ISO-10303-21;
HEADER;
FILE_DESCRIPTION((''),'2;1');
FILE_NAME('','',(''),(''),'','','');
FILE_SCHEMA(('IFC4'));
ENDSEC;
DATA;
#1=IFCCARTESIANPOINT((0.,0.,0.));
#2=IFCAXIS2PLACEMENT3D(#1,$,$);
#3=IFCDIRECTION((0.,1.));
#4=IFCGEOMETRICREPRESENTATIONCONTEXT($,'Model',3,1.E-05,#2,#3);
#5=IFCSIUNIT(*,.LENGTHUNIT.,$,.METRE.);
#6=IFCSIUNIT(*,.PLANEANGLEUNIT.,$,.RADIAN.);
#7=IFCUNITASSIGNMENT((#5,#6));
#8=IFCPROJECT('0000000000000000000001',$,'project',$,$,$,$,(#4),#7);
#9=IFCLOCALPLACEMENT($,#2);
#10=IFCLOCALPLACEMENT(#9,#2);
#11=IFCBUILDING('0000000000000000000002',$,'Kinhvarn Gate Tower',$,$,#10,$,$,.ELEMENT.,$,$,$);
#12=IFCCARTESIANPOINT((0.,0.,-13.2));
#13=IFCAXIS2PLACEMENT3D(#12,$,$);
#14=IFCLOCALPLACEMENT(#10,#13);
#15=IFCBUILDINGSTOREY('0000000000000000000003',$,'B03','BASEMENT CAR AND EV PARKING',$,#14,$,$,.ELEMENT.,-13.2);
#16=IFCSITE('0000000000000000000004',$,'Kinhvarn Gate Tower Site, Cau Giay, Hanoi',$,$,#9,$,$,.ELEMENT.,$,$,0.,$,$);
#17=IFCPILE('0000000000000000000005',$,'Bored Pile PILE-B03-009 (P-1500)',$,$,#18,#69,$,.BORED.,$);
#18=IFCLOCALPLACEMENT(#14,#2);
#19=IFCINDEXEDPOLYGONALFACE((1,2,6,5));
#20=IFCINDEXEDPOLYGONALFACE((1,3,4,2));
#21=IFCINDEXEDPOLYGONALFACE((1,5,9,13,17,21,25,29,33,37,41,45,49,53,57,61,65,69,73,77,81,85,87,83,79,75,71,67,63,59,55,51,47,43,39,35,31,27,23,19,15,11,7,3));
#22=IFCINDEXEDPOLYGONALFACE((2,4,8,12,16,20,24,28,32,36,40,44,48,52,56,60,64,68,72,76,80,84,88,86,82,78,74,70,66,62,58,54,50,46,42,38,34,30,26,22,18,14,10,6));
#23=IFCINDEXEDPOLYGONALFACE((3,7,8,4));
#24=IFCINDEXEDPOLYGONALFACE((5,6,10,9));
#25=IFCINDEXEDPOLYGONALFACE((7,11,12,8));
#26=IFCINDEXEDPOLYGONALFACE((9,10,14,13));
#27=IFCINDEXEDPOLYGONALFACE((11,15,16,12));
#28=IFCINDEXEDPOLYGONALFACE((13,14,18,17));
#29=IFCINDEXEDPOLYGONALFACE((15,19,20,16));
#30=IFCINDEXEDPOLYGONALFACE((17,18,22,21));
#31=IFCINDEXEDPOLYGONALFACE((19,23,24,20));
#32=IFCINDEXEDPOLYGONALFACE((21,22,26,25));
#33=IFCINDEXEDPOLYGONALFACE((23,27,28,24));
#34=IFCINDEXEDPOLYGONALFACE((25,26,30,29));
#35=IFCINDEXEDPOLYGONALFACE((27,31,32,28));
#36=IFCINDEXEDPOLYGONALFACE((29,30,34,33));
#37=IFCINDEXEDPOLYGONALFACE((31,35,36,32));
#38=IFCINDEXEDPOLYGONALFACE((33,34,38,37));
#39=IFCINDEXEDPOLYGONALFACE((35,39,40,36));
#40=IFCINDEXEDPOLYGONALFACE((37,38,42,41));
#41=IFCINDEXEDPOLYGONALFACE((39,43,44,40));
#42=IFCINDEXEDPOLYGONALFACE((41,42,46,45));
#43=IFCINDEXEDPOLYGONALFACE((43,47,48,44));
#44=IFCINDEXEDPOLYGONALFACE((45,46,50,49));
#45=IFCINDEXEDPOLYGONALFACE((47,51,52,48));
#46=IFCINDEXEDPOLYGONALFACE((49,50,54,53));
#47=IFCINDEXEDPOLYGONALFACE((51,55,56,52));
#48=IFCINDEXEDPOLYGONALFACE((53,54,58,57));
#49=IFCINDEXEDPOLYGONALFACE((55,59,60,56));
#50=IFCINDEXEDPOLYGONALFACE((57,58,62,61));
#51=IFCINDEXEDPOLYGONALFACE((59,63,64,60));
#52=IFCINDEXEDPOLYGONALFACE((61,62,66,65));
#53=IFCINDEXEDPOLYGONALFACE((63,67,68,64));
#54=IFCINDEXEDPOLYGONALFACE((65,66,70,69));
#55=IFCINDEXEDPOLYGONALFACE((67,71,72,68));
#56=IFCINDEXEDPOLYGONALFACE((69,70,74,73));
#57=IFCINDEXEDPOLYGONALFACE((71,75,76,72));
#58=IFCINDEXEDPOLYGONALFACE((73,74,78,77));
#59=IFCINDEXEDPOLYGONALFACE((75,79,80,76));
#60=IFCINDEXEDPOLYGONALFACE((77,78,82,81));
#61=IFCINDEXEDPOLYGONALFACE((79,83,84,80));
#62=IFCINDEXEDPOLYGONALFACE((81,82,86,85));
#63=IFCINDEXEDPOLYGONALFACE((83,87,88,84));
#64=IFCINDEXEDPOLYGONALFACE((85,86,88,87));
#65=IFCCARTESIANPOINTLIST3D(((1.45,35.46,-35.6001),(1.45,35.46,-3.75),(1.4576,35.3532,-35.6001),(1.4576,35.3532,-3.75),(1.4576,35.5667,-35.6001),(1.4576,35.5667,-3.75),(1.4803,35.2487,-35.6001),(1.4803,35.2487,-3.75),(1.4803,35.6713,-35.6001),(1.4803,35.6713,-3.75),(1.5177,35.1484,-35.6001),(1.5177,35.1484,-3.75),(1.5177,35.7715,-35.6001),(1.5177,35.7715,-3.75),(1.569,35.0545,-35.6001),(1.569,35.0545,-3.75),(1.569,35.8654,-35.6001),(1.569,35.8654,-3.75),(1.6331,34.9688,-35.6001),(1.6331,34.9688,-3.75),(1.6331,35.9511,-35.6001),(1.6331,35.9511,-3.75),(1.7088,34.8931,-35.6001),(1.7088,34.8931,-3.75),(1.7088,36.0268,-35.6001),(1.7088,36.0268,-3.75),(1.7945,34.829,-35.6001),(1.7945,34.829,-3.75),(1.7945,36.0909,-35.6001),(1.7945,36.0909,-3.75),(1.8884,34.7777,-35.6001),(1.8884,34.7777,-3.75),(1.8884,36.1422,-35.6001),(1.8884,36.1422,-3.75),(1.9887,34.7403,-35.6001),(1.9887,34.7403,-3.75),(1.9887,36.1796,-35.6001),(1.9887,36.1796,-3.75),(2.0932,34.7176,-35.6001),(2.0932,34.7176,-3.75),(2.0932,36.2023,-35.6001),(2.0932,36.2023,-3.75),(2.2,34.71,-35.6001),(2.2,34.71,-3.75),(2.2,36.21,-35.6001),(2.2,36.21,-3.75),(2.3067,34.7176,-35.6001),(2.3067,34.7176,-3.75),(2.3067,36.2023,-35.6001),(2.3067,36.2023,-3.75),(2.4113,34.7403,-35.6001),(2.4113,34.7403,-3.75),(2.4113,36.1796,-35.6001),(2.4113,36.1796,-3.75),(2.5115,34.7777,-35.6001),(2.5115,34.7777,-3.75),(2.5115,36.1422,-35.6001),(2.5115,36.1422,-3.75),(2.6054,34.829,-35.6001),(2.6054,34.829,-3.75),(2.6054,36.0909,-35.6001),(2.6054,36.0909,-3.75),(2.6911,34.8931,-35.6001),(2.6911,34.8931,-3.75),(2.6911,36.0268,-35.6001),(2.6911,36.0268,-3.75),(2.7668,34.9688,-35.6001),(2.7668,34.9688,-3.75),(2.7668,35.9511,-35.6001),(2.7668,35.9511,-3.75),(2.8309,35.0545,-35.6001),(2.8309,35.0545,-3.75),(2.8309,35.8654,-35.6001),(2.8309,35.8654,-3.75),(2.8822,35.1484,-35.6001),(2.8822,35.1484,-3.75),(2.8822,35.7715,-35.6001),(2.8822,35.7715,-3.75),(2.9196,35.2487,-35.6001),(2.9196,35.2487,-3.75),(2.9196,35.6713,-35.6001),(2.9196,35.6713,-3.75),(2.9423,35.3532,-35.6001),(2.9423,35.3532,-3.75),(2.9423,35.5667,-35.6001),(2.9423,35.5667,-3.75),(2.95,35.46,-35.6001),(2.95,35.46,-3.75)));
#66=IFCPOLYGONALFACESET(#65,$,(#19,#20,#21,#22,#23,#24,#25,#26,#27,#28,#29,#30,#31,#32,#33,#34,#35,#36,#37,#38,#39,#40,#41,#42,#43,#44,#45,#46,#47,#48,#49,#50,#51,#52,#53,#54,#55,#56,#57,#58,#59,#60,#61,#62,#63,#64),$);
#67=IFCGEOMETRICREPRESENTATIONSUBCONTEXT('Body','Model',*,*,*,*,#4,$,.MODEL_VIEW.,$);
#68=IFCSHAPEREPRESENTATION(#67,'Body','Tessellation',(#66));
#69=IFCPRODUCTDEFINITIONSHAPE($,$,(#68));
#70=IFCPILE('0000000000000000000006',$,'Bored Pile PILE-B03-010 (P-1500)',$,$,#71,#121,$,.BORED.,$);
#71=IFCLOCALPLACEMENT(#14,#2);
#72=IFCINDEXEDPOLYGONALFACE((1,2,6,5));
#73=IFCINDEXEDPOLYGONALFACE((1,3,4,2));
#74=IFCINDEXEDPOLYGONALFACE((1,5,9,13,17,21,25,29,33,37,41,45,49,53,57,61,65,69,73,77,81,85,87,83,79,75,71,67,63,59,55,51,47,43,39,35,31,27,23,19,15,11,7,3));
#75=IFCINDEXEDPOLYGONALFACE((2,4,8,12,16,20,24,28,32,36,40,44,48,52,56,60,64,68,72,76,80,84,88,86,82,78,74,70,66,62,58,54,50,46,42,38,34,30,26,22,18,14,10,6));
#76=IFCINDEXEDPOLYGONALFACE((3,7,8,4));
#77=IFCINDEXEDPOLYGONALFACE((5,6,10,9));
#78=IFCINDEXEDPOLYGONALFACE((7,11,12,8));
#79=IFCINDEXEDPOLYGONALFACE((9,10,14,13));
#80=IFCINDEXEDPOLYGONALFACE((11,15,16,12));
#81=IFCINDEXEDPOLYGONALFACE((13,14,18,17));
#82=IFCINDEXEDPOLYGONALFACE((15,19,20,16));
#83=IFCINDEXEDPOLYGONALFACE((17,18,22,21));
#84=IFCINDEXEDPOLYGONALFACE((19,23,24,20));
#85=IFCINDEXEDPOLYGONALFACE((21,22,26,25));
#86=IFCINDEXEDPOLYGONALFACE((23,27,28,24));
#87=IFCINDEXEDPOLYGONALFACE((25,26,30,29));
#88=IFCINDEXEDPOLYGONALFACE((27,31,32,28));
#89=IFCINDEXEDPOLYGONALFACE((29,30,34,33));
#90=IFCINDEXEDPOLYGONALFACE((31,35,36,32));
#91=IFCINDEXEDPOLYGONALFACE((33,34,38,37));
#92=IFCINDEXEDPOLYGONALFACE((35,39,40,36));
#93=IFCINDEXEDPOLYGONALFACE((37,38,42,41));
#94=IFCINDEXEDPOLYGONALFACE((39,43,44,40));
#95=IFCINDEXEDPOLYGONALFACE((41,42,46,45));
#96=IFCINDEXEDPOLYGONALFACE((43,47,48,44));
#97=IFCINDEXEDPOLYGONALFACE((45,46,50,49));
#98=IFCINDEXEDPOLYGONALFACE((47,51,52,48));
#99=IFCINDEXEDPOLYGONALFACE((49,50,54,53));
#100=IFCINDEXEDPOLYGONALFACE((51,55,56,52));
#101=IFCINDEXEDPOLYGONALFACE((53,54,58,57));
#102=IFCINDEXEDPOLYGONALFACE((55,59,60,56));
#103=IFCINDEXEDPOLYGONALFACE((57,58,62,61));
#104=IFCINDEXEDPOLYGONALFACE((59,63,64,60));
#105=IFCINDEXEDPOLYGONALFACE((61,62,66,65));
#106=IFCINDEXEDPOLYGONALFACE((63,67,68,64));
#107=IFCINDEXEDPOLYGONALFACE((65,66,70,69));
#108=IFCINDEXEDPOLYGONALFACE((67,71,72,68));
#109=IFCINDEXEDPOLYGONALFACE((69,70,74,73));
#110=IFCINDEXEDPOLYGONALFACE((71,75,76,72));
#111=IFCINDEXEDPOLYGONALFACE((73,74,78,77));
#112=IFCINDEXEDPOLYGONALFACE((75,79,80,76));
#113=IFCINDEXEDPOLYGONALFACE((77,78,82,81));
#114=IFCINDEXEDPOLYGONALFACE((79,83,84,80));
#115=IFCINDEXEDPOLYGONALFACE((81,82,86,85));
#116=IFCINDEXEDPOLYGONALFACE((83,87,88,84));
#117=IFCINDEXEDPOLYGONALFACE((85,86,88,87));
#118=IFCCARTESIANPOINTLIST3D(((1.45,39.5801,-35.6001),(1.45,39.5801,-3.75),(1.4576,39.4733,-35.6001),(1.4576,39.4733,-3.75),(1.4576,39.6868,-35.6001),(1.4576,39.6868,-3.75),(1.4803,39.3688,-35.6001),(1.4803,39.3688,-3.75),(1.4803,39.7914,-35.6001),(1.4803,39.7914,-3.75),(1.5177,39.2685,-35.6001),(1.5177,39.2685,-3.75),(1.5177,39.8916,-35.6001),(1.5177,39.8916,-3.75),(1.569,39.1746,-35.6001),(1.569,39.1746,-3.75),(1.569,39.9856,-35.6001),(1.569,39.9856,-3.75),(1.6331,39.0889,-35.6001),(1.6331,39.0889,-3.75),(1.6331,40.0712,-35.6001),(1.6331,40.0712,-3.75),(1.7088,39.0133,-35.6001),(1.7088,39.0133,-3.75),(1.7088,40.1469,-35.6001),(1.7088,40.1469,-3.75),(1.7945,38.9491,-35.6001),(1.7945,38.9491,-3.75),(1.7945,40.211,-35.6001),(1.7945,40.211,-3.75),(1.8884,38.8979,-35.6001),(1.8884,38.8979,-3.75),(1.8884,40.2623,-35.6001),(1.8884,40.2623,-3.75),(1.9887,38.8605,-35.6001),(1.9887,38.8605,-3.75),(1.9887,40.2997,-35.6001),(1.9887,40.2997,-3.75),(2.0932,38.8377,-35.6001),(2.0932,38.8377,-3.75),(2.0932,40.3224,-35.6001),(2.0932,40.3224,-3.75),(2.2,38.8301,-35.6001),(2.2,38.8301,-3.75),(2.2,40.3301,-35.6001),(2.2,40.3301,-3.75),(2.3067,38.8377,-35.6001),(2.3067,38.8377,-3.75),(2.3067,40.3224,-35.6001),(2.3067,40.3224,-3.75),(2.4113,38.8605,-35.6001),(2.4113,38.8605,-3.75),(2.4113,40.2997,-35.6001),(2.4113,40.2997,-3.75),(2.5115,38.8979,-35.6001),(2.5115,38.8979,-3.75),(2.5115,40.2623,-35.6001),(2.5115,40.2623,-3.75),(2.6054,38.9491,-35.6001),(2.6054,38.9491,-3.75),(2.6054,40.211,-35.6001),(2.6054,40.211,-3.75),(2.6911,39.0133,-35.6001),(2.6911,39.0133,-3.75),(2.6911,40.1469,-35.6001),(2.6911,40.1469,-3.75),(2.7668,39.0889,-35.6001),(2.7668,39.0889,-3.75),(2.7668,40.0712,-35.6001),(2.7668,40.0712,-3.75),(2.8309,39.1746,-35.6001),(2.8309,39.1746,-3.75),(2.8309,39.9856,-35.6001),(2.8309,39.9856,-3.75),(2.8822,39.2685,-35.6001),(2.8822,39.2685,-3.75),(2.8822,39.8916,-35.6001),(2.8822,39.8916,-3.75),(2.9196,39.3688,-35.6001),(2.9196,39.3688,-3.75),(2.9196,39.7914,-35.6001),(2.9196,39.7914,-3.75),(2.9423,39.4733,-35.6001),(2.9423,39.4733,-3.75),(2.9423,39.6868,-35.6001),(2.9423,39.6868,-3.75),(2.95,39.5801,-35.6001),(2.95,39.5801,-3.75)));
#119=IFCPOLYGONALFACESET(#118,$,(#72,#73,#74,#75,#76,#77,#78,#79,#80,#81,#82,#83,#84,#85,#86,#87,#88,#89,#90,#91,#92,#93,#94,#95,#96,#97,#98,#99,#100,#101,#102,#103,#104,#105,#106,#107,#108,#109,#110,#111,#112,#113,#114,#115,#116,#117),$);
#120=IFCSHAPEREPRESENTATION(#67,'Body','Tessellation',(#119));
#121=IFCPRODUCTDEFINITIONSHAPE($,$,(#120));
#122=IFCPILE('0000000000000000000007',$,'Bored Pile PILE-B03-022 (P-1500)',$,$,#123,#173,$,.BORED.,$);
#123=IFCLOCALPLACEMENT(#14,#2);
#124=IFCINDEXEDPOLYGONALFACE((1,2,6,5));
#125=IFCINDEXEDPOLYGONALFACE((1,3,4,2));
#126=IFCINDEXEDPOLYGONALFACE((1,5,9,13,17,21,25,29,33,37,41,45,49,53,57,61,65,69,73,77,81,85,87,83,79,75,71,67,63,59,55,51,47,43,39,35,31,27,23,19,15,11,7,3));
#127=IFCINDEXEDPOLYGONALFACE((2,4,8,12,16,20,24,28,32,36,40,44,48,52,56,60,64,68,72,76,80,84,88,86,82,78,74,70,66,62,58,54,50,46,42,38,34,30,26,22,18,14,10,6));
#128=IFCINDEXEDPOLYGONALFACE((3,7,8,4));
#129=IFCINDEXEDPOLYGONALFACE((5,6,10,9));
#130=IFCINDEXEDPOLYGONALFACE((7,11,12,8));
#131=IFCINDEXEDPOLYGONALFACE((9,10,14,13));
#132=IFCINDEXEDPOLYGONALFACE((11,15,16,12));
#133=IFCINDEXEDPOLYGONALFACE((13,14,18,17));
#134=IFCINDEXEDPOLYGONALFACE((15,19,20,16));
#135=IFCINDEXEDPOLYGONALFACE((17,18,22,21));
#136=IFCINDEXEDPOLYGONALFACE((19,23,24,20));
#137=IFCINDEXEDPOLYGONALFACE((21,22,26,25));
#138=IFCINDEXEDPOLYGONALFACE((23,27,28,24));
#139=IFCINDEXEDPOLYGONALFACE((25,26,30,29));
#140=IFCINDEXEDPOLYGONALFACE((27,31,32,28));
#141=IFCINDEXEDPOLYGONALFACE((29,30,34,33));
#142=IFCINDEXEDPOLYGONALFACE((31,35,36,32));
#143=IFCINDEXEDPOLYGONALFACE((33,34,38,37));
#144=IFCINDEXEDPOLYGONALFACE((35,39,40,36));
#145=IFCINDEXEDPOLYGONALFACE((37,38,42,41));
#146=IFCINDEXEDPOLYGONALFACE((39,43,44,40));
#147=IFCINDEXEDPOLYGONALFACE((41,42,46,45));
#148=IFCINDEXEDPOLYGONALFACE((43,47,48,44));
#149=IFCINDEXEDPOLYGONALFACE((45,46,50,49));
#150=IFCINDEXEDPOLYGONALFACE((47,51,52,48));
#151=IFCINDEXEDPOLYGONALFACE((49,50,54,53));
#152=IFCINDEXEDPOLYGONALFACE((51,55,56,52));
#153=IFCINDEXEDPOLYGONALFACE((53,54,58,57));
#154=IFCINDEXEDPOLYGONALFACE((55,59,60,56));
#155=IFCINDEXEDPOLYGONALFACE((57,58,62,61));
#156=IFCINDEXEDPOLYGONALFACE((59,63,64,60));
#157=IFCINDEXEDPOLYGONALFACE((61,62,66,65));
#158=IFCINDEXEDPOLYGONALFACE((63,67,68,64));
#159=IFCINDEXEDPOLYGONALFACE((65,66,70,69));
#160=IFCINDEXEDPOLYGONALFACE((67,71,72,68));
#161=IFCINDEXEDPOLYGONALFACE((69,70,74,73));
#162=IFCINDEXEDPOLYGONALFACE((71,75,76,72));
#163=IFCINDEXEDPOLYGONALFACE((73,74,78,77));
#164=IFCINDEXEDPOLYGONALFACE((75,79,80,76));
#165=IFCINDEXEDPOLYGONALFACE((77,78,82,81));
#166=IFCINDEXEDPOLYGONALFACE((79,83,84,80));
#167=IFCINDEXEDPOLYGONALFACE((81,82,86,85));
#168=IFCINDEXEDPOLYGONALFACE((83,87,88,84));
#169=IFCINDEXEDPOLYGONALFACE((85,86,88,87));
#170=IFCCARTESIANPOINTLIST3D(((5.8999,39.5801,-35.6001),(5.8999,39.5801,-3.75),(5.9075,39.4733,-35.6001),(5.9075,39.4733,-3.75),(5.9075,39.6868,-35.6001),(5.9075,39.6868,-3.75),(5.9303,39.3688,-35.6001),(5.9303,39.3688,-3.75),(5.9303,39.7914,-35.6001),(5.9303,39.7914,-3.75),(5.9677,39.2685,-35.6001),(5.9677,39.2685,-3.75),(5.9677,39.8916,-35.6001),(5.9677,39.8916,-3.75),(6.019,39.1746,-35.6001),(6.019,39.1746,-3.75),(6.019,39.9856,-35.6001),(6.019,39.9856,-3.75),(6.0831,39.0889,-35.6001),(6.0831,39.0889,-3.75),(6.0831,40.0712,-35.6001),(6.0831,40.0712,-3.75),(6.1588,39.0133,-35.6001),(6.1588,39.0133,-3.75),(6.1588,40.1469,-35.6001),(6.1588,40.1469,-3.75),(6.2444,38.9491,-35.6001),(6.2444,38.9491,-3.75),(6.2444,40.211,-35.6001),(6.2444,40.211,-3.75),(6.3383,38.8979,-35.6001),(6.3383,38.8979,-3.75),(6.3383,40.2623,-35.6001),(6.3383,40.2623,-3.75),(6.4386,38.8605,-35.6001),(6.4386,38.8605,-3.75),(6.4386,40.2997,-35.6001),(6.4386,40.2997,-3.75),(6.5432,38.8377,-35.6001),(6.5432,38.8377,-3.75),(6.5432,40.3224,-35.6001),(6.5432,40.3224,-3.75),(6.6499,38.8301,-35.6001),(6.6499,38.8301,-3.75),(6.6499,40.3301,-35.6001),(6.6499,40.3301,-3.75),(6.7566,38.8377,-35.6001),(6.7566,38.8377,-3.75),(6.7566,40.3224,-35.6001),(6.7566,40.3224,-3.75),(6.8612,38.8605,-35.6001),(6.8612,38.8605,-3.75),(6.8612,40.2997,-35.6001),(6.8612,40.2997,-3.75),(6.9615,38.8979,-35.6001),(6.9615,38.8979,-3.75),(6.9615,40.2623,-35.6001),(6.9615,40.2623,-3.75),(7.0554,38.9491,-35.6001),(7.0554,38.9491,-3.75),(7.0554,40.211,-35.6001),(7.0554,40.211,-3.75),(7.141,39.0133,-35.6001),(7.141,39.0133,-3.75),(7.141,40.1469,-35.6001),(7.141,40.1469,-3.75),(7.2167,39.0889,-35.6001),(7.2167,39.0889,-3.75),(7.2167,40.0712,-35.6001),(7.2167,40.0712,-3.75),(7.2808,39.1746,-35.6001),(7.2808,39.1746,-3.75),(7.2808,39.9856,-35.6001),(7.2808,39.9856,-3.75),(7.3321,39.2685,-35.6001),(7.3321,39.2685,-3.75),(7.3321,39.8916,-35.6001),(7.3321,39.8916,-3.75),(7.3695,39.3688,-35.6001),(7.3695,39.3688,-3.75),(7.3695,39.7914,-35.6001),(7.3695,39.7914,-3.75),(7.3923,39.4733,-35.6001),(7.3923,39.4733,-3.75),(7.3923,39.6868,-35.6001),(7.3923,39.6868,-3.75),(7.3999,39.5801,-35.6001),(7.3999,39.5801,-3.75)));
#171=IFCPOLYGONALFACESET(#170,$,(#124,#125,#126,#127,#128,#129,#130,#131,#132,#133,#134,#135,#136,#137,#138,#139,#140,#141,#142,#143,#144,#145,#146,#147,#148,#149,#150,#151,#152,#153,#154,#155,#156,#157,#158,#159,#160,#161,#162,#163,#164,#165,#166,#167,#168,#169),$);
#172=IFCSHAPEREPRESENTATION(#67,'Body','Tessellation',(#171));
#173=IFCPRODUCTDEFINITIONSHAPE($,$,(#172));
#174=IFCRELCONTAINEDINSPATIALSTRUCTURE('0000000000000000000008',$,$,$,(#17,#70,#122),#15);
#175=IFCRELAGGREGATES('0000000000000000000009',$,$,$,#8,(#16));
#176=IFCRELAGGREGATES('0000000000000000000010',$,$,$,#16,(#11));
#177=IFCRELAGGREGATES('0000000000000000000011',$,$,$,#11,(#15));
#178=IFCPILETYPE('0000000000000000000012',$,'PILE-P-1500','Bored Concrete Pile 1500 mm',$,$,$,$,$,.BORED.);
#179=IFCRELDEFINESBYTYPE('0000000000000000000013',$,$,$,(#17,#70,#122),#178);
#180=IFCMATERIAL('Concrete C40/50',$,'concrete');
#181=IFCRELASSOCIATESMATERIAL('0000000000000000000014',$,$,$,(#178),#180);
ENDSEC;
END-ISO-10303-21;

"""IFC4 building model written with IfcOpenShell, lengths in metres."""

from ifc_helpers import new_model, si_unit, direction, frame, origin, origin_2d, place, context, subcontext, project, spatial, circle, extrude, material, material_profile, profile_set, type_object, element, save


model = new_model("IFC4")

# Units and contexts
model_context = context("Model", 3, precision=1e-05, world=origin(), true_north=direction((0.0, 1.0)))
body_context = subcontext(model_context, "Body", "Model", "MODEL_VIEW")
ifc_project = project(units=[si_unit("LENGTHUNIT", "METRE"), si_unit("PLANEANGLEUNIT", "RADIAN")], contexts=[model_context])

# Site, building, storey
site_placement = place(None, origin())
site = spatial("IfcSite", under=ifc_project, at=site_placement, Name="Kinhvarn Gate Tower Site, Cau Giay, Hanoi", CompositionType="ELEMENT", RefElevation=0.0)
building_placement = place(site_placement, origin())
building = spatial("IfcBuilding", under=site, at=building_placement, Name="Kinhvarn Gate Tower", CompositionType="ELEMENT")
storey_placement = place(building_placement, frame((0.0, 0.0, -13.2)))
storey = spatial("IfcBuildingStorey", under=building, at=storey_placement, Name="B03", Description="BASEMENT CAR AND EV PARKING", CompositionType="ELEMENT", Elevation=-13.2)

# Piles
ifc_material = material(Name="Concrete C40/50", Category="concrete")
ifc_material_profile_1 = material_profile(ifc_material, circle(Radius=0.75, at=origin_2d()), Name="PILE D1500")
ifc_profile_set_1 = profile_set([ifc_material_profile_1], Name="Concrete C40/50")
pile_type_1 = type_object("IfcPileType", Name="PILE-P-1500", Description="Bored Concrete Pile 1500 mm", PredefinedType="BORED", material=ifc_profile_set_1)
for number, where, z_axis, x_axis, name in (
    (1, (2.2, 35.46, -35.6001), (0.0, 0.0, 1.0), (1.0, 0.0, 0.0), "Bored Pile PILE-B03-009 (P-1500)"),
    (2, (2.2, 39.5801, -35.6001), (0.0, 0.0, 1.0), (1.0, 0.0, 0.0), "Bored Pile PILE-B03-010 (P-1500)"),
    (3, (6.6499, 39.5801, -35.6001), (0.0, 0.0, 1.0), (1.0, 0.0, 0.0), "Bored Pile PILE-B03-022 (P-1500)"),
):
    element("IfcPile", number, at=place(storey_placement, frame(where, z_axis=z_axis, x_axis=x_axis)), inside=storey, type_object=pile_type_1, Name=name, PredefinedType="BORED", context=body_context, shape_type="SweptSolid", body=[
        extrude(circle(Radius=0.75, at=origin_2d()), origin(), (0.0, 0.0, 1.0), 31.8501),
    ])

save(model, "model.ifc")
